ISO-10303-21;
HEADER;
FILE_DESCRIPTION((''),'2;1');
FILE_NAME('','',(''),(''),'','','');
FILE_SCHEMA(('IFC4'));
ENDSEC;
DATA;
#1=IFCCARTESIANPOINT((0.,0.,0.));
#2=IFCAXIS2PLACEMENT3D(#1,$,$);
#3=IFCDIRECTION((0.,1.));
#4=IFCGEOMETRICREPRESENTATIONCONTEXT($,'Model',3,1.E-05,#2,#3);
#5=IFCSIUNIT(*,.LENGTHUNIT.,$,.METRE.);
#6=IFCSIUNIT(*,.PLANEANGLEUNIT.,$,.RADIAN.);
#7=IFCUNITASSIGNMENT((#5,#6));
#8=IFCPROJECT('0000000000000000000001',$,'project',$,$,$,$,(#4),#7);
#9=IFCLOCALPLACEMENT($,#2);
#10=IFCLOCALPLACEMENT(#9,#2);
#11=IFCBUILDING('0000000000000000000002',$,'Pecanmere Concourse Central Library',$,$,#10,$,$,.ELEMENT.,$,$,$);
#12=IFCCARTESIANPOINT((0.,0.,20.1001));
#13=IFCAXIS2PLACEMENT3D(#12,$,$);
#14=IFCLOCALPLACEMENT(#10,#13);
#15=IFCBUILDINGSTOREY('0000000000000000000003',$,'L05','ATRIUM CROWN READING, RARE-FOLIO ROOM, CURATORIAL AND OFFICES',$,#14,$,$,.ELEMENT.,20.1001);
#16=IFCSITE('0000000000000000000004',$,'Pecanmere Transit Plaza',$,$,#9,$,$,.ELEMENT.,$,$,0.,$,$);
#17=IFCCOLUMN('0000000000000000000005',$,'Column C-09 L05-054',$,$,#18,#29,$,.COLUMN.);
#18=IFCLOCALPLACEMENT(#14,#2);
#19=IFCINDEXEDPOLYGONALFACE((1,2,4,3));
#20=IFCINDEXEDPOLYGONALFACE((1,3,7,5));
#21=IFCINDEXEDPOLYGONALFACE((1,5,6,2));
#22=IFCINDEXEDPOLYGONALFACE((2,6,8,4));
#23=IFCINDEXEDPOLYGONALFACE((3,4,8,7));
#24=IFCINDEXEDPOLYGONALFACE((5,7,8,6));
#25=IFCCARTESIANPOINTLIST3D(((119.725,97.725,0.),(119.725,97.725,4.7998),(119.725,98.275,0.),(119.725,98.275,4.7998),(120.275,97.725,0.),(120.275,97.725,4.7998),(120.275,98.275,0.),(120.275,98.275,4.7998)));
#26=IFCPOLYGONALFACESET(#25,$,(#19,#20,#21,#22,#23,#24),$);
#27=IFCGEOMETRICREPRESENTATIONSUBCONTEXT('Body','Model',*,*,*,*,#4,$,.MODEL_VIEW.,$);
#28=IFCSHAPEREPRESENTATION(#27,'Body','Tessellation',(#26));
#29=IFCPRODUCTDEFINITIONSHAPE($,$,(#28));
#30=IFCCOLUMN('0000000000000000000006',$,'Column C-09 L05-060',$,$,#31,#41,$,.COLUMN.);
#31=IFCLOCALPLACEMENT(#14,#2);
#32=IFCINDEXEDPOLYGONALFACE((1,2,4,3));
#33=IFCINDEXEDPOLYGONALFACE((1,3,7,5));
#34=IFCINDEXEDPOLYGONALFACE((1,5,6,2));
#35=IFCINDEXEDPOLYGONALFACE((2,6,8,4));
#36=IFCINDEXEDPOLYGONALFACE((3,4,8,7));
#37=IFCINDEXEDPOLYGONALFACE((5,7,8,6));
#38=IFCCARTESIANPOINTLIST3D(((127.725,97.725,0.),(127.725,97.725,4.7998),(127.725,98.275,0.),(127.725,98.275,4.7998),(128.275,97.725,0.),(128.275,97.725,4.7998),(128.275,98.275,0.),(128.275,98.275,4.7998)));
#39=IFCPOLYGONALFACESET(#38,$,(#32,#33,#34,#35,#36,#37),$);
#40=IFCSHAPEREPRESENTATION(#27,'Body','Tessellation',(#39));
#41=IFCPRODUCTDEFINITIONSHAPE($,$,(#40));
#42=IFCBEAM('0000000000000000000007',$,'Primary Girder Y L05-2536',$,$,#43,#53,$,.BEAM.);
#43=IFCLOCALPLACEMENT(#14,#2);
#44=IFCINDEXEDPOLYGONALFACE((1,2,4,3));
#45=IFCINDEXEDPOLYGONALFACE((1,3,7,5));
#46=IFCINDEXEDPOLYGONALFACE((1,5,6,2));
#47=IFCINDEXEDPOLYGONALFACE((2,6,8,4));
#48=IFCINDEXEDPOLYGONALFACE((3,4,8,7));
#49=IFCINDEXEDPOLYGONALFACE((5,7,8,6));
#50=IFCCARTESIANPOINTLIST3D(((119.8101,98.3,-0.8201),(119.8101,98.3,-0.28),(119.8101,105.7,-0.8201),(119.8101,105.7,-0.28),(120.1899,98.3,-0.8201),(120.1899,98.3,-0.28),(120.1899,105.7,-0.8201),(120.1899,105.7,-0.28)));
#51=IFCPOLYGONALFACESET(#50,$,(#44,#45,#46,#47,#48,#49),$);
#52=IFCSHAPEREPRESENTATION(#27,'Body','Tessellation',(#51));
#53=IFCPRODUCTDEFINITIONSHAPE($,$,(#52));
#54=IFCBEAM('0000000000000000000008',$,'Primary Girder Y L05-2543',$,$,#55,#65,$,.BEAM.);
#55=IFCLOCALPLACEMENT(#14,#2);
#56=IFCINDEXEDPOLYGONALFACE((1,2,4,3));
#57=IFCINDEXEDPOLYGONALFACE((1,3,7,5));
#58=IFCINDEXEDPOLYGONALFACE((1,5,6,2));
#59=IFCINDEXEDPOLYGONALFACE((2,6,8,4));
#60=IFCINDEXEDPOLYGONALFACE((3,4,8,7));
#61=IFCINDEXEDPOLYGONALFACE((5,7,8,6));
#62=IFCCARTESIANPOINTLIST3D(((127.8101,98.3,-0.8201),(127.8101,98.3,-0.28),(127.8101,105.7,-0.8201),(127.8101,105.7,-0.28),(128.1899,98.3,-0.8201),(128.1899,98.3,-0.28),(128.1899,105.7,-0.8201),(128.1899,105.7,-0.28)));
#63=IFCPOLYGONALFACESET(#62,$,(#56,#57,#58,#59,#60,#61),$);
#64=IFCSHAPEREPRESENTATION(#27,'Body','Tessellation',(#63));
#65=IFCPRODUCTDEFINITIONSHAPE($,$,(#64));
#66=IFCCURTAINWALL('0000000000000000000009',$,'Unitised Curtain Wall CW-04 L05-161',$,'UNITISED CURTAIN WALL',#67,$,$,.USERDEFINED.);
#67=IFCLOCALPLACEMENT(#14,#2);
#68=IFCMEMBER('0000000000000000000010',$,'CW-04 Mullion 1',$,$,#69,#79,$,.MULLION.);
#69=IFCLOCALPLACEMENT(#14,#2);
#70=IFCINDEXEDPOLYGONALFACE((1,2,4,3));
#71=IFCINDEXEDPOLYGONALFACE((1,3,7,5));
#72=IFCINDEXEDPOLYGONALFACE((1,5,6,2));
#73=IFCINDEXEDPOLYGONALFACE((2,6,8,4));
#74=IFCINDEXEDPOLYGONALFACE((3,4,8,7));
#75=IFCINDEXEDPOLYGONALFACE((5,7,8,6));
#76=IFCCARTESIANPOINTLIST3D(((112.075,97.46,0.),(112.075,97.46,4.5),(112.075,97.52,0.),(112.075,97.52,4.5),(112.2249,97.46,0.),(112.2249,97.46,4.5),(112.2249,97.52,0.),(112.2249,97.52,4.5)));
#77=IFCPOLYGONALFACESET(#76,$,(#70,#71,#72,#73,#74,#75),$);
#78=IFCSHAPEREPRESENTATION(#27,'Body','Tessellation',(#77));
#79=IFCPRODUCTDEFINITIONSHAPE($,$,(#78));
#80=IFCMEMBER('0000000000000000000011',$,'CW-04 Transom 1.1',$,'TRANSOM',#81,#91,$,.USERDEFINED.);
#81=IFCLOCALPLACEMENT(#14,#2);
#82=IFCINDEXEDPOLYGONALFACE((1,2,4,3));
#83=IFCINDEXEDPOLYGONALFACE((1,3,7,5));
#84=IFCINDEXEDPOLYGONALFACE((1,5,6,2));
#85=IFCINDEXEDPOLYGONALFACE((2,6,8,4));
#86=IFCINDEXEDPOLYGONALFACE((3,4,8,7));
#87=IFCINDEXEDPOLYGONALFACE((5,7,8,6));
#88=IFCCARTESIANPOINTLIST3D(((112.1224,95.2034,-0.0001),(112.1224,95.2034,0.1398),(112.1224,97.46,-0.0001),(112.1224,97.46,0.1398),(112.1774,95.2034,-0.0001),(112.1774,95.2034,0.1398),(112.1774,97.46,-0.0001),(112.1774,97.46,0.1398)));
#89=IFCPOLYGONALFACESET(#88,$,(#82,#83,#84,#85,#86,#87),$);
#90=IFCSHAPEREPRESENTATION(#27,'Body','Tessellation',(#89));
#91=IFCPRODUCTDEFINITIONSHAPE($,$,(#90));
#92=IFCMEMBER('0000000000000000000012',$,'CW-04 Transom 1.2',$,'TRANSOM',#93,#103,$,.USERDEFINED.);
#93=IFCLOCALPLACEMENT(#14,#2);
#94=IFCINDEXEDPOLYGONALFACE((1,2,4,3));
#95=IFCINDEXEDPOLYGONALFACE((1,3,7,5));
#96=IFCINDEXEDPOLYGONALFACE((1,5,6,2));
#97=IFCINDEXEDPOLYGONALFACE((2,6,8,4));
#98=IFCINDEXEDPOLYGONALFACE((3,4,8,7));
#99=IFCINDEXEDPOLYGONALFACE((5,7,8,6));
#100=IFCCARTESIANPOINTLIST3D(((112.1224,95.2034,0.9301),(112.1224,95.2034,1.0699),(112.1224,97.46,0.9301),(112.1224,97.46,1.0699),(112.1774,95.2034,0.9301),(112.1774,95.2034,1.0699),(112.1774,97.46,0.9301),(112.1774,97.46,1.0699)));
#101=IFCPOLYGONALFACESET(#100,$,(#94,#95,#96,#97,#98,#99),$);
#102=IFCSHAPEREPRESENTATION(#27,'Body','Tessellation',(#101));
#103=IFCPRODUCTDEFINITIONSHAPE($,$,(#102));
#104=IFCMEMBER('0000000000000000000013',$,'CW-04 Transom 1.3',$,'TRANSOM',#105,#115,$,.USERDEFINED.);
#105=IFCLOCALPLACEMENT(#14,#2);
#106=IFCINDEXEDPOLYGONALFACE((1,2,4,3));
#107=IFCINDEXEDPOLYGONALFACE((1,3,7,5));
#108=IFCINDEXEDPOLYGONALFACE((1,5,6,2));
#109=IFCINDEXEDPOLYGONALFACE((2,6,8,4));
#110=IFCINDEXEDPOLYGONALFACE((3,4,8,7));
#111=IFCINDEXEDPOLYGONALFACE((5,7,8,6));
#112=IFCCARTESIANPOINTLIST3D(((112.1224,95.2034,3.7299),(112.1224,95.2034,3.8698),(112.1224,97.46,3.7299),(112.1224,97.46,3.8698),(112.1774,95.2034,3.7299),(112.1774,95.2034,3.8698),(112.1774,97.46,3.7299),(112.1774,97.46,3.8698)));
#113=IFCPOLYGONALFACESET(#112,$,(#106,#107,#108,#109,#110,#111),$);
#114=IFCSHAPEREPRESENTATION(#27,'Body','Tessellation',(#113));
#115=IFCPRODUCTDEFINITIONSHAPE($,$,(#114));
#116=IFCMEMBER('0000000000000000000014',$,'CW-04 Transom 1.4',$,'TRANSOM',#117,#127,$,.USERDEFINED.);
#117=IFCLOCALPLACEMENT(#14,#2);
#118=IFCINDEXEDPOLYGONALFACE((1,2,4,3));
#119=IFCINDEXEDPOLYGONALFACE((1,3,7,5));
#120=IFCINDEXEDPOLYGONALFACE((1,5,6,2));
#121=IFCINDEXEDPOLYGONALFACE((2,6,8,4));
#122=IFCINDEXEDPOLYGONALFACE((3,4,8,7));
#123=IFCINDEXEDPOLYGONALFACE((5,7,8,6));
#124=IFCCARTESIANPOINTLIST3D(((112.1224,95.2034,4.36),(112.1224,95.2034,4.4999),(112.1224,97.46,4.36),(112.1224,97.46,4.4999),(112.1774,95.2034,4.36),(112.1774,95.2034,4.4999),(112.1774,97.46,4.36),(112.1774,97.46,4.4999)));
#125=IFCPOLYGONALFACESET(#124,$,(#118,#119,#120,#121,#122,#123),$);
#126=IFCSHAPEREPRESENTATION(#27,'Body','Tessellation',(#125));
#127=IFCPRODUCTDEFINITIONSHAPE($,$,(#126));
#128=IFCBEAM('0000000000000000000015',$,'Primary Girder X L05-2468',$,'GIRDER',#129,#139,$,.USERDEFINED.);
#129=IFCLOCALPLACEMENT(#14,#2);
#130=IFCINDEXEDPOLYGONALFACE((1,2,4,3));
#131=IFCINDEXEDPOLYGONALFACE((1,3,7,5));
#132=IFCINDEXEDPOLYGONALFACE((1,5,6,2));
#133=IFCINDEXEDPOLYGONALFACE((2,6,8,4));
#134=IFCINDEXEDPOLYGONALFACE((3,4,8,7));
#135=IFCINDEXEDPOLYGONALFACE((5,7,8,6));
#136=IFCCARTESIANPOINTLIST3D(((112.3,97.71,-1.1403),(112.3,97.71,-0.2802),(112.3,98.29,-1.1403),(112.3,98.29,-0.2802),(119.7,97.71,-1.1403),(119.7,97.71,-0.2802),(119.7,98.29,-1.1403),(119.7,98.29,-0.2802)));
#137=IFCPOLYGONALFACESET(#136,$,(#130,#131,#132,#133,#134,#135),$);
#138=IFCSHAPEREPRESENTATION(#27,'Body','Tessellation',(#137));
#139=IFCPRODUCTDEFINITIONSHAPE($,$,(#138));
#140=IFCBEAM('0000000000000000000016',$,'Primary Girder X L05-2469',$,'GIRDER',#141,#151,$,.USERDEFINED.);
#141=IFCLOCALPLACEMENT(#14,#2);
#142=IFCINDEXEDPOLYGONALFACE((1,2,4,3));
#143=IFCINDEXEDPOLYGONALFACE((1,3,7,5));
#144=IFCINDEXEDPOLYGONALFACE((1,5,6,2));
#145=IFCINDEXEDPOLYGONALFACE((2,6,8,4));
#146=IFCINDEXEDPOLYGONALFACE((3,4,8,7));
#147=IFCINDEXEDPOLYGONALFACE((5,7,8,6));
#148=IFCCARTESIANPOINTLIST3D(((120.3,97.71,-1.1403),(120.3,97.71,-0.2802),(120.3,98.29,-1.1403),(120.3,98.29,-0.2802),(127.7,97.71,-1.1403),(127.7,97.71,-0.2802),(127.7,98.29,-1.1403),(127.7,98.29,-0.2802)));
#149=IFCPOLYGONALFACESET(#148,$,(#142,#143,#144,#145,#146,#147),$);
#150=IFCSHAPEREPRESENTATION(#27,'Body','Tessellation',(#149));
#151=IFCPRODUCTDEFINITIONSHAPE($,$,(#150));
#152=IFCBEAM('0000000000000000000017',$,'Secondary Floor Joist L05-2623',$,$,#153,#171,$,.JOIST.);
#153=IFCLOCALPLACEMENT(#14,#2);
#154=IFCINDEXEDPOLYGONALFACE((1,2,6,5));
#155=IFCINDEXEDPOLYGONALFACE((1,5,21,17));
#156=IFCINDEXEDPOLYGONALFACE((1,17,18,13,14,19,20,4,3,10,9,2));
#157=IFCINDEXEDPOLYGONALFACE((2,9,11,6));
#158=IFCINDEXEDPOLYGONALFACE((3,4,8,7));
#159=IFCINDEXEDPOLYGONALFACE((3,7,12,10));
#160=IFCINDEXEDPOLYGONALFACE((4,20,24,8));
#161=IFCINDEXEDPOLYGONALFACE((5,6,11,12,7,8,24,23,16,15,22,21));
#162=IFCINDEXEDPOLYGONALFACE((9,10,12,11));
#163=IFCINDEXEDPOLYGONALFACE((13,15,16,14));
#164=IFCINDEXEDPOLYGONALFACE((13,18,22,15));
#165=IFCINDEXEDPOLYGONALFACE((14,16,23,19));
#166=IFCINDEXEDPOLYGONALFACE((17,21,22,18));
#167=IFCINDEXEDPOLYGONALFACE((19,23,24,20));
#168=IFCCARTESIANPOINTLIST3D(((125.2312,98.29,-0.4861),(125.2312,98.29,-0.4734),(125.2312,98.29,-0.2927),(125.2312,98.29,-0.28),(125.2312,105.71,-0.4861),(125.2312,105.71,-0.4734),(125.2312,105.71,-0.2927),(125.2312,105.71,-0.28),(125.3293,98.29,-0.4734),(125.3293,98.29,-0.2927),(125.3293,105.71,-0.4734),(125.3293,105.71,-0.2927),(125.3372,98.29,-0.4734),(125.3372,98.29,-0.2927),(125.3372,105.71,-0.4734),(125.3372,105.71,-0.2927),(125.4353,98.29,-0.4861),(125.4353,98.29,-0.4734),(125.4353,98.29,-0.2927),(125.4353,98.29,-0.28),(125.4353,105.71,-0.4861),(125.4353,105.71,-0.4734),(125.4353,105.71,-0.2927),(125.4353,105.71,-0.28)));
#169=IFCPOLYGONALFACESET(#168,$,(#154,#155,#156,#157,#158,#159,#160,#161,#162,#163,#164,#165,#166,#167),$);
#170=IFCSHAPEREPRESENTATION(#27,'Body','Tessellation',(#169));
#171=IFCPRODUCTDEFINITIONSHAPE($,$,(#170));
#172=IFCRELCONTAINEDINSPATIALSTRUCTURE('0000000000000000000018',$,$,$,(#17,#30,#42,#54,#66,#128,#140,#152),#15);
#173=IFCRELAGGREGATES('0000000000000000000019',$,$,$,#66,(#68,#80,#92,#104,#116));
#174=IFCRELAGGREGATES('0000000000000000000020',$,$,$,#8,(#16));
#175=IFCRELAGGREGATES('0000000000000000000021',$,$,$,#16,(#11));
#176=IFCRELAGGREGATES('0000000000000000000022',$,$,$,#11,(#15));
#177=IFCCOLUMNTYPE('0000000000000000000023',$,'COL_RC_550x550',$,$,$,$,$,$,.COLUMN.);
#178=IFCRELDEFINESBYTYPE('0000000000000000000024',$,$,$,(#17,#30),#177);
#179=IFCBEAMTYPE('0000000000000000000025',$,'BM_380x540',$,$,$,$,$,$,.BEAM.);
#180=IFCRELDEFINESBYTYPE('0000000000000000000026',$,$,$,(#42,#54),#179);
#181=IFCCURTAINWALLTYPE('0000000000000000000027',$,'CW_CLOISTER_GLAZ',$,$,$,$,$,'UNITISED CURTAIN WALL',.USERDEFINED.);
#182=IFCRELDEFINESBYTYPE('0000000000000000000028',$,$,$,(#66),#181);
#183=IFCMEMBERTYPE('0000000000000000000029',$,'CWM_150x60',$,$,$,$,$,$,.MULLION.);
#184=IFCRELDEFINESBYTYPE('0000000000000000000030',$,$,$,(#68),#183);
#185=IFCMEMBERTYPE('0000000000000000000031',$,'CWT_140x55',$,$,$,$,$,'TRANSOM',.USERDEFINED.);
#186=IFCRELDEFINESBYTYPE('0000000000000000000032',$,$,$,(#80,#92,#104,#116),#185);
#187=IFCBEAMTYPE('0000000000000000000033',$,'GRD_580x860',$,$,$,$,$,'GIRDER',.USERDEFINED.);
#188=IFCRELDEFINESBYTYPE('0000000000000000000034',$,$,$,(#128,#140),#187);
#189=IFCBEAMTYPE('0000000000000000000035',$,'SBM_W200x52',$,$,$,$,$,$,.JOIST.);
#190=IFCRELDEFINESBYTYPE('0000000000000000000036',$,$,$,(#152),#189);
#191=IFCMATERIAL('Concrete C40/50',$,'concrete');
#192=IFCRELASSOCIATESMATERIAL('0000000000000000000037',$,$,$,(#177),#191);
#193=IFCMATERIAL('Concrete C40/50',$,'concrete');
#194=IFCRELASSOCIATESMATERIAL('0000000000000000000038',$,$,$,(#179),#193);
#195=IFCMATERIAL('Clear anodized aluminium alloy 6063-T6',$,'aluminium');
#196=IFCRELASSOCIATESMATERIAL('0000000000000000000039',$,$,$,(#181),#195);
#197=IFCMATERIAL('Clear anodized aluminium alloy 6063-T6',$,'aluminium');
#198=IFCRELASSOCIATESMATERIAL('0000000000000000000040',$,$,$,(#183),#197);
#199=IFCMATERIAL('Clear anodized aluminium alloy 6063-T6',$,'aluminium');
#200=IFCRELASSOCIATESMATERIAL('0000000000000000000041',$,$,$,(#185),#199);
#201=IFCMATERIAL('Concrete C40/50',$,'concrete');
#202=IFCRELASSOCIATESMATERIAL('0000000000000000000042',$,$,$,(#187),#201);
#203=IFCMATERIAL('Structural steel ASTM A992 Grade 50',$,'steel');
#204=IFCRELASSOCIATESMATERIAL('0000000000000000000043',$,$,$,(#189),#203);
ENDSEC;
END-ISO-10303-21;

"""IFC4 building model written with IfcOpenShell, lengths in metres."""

from ifc_helpers import new_model, si_unit, direction, frame, origin, origin_2d, place, context, subcontext, project, spatial, rectangle, i_section, extrude, material, material_profile, profile_set, type_object, element, aggregate, save


model = new_model("IFC4")

# Units and contexts
model_context = context("Model", 3, precision=1e-05, world=origin(), true_north=direction((0.0, 1.0)))
body_context = subcontext(model_context, "Body", "Model", "MODEL_VIEW")
ifc_project = project(units=[si_unit("LENGTHUNIT", "METRE"), si_unit("PLANEANGLEUNIT", "RADIAN")], contexts=[model_context])

# Site, building, storey
site_placement = place(None, origin())
site = spatial("IfcSite", under=ifc_project, at=site_placement, Name="Pecanmere Transit Plaza", CompositionType="ELEMENT", RefElevation=0.0)
building_placement = place(site_placement, origin())
building = spatial("IfcBuilding", under=site, at=building_placement, Name="Pecanmere Concourse Central Library", CompositionType="ELEMENT")
storey_placement = place(building_placement, frame((0.0, 0.0, 20.1001)))
storey = spatial("IfcBuildingStorey", under=building, at=storey_placement, Name="L05", Description="ATRIUM CROWN READING, RARE-FOLIO ROOM, CURATORIAL AND OFFICES", CompositionType="ELEMENT", Elevation=20.1001)

# Columns
ifc_material_1 = material(Name="Concrete C40/50", Category="concrete")
ifc_material_profile_1 = material_profile(ifc_material_1, rectangle(XDim=0.55, YDim=0.55, at=origin_2d()), Name="RC 550x550")
ifc_profile_set_1 = profile_set([ifc_material_profile_1], Name="Concrete C40/50")
column_type = type_object("IfcColumnType", Name="COL_RC_550x550", PredefinedType="COLUMN", material=ifc_profile_set_1)
for number, where, z_axis, x_axis, name in (
    (1, (120.0, 98.0, 0.0), (0.0, 0.0, 1.0), (1.0, 0.0, 0.0), "Column C-09 L05-054"),
    (2, (128.0, 98.0, 0.0), (0.0, 0.0, 1.0), (1.0, 0.0, 0.0), "Column C-09 L05-060"),
):
    element("IfcColumn", number, at=place(storey_placement, frame(where, z_axis=z_axis, x_axis=x_axis)), inside=storey, type_object=column_type, Name=name, PredefinedType="COLUMN", context=body_context, shape_type="SweptSolid", body=[
        extrude(rectangle(XDim=0.55, YDim=0.55, at=origin_2d()), origin(), (0.0, 0.0, 1.0), 4.7998),
    ])

# Beams
ifc_material_2 = material(Name="Concrete C40/50", Category="concrete")
ifc_material_profile_2 = material_profile(ifc_material_2, rectangle(XDim=0.3799, YDim=0.54, at=origin_2d()), Name="RC 380x540")
ifc_profile_set_2 = profile_set([ifc_material_profile_2], Name="Concrete C40/50")
beam_type_1 = type_object("IfcBeamType", Name="BM_380x540", PredefinedType="BEAM", material=ifc_profile_set_2)
for number, where, z_axis, x_axis, name in (
    (3, (120.0, 98.3, -0.55), (0.0, 1.0, 0.0), (-1.0, 0.0, 0.0), "Primary Girder Y L05-2536"),
    (4, (128.0, 98.3, -0.55), (0.0, 1.0, 0.0), (-1.0, 0.0, 0.0), "Primary Girder Y L05-2543"),
):
    element("IfcBeam", number, at=place(storey_placement, frame(where, z_axis=z_axis, x_axis=x_axis)), inside=storey, type_object=beam_type_1, Name=name, PredefinedType="BEAM", context=body_context, shape_type="SweptSolid", body=[
        extrude(rectangle(XDim=0.3799, YDim=0.54, at=origin_2d()), origin(), (0.0, 0.0, 1.0), 7.3999),
    ])

# Curtain wall, members
ifc_material_3 = material(Name="Clear anodized aluminium alloy 6063-T6", Category="aluminium")
curtain_wall_type = type_object("IfcCurtainWallType", Name="CW_CLOISTER_GLAZ", ElementType="UNITISED CURTAIN WALL", PredefinedType="USERDEFINED", material=ifc_material_3)
curtain_wall_placement = place(storey_placement, origin())
curtain_wall = element("IfcCurtainWall", 5, at=curtain_wall_placement, inside=storey, type_object=curtain_wall_type, Name="Unitised Curtain Wall CW-04 L05-161", ObjectType="UNITISED CURTAIN WALL", PredefinedType="USERDEFINED")
ifc_material_4 = material(Name="Clear anodized aluminium alloy 6063-T6", Category="aluminium")
ifc_material_profile_3 = material_profile(ifc_material_4, rectangle(XDim=0.0601, YDim=0.1499, at=origin_2d()), Name="AL 60x150")
ifc_profile_set_3 = profile_set([ifc_material_profile_3], Name="Clear anodized aluminium alloy 6063-T6")
member_type_1 = type_object("IfcMemberType", Name="CWM_150x60", PredefinedType="MULLION", material=ifc_profile_set_3)
member_1_placement = place(storey_placement, frame((112.1499, 97.49, 0.0), z_axis=(0.0, 0.0, 1.0), x_axis=(0.0, -1.0, 0.0)))
member_1 = element("IfcMember", 6, at=member_1_placement, type_object=member_type_1, Name="CW-04 Mullion 1", PredefinedType="MULLION", context=body_context, shape_type="SweptSolid", body=[
    extrude(rectangle(XDim=0.0601, YDim=0.1499, at=origin_2d()), origin(), (0.0, 0.0, 1.0), 4.5),
])
ifc_material_5 = material(Name="Clear anodized aluminium alloy 6063-T6", Category="aluminium")
ifc_material_profile_4 = material_profile(ifc_material_5, rectangle(XDim=0.0549, YDim=0.1399, at=origin_2d()), Name="AL 55x140")
ifc_profile_set_4 = profile_set([ifc_material_profile_4], Name="Clear anodized aluminium alloy 6063-T6")
member_type_2 = type_object("IfcMemberType", Name="CWT_140x55", ElementType="TRANSOM", PredefinedType="USERDEFINED", material=ifc_profile_set_4)
member_2_placement = place(storey_placement, frame((112.1499, 97.46, 0.0698), z_axis=(0.0, -1.0, 0.0), x_axis=(1.0, 0.0, 0.0)))
member_2 = element("IfcMember", 7, at=member_2_placement, type_object=member_type_2, Name="CW-04 Transom 1.1", ObjectType="TRANSOM", PredefinedType="USERDEFINED", context=body_context, shape_type="SweptSolid", body=[
    extrude(rectangle(XDim=0.0549, YDim=0.1399, at=origin_2d()), origin(), (0.0, 0.0, 1.0), 2.2566),
])
member_3_placement = place(storey_placement, frame((112.1499, 97.46, 1.0), z_axis=(0.0, -1.0, 0.0), x_axis=(1.0, 0.0, 0.0)))
member_3 = element("IfcMember", 8, at=member_3_placement, type_object=member_type_2, Name="CW-04 Transom 1.2", ObjectType="TRANSOM", PredefinedType="USERDEFINED", context=body_context, shape_type="SweptSolid", body=[
    extrude(rectangle(XDim=0.0549, YDim=0.1399, at=origin_2d()), origin(), (0.0, 0.0, 1.0), 2.2566),
])
member_4_placement = place(storey_placement, frame((112.1499, 97.46, 3.7998), z_axis=(0.0, -1.0, 0.0), x_axis=(1.0, 0.0, 0.0)))
member_4 = element("IfcMember", 9, at=member_4_placement, type_object=member_type_2, Name="CW-04 Transom 1.3", ObjectType="TRANSOM", PredefinedType="USERDEFINED", context=body_context, shape_type="SweptSolid", body=[
    extrude(rectangle(XDim=0.0549, YDim=0.1399, at=origin_2d()), origin(), (0.0, 0.0, 1.0), 2.2566),
])
member_5_placement = place(storey_placement, frame((112.1499, 97.46, 4.4299), z_axis=(0.0, -1.0, 0.0), x_axis=(1.0, 0.0, 0.0)))
member_5 = element("IfcMember", 10, at=member_5_placement, type_object=member_type_2, Name="CW-04 Transom 1.4", ObjectType="TRANSOM", PredefinedType="USERDEFINED", context=body_context, shape_type="SweptSolid", body=[
    extrude(rectangle(XDim=0.0549, YDim=0.1399, at=origin_2d()), origin(), (0.0, 0.0, 1.0), 2.2566),
])
aggregate(curtain_wall, [member_1, member_2, member_3, member_4, member_5])

# Beams
ifc_material_6 = material(Name="Concrete C40/50", Category="concrete")
ifc_material_profile_5 = material_profile(ifc_material_6, rectangle(XDim=0.5801, YDim=0.8601, at=origin_2d()), Name="RC 580x860")
ifc_profile_set_5 = profile_set([ifc_material_profile_5], Name="Concrete C40/50")
beam_type_2 = type_object("IfcBeamType", Name="GRD_580x860", ElementType="GIRDER", PredefinedType="USERDEFINED", material=ifc_profile_set_5)
for number, where, z_axis, x_axis, name in (
    (11, (112.3, 98.0, -0.7102), (1.0, 0.0, 0.0), (0.0, 1.0, 0.0), "Primary Girder X L05-2468"),
    (12, (120.3, 98.0, -0.7102), (1.0, 0.0, 0.0), (0.0, 1.0, 0.0), "Primary Girder X L05-2469"),
):
    element("IfcBeam", number, at=place(storey_placement, frame(where, z_axis=z_axis, x_axis=x_axis)), inside=storey, type_object=beam_type_2, Name=name, ObjectType="GIRDER", PredefinedType="USERDEFINED", context=body_context, shape_type="SweptSolid", body=[
        extrude(rectangle(XDim=0.5801, YDim=0.8601, at=origin_2d()), origin(), (0.0, 0.0, 1.0), 7.3999),
    ])
ifc_material_7 = material(Name="Structural steel ASTM A992 Grade 50", Category="steel")
ifc_material_profile_6 = material_profile(ifc_material_7, i_section(OverallWidth=0.2041, OverallDepth=0.2061, WebThickness=0.0078, FlangeThickness=0.0127, at=origin_2d()), Name="W200x52")
ifc_profile_set_6 = profile_set([ifc_material_profile_6], Name="Structural steel ASTM A992 Grade 50")
beam_type_3 = type_object("IfcBeamType", Name="SBM_W200x52", PredefinedType="JOIST", material=ifc_profile_set_6)
beam_1_placement = place(storey_placement, frame((125.3333, 98.29, -0.3831), z_axis=(0.0, 1.0, 0.0), x_axis=(-1.0, 0.0, 0.0)))
element("IfcBeam", 13, at=beam_1_placement, inside=storey, type_object=beam_type_3, Name="Secondary Floor Joist L05-2623", PredefinedType="JOIST", context=body_context, shape_type="SweptSolid", body=[
    extrude(i_section(OverallWidth=0.2041, OverallDepth=0.2061, WebThickness=0.0078, FlangeThickness=0.0127, at=origin_2d()), origin(), (0.0, 0.0, 1.0), 7.4199),
])

save(model, "model.ifc")
